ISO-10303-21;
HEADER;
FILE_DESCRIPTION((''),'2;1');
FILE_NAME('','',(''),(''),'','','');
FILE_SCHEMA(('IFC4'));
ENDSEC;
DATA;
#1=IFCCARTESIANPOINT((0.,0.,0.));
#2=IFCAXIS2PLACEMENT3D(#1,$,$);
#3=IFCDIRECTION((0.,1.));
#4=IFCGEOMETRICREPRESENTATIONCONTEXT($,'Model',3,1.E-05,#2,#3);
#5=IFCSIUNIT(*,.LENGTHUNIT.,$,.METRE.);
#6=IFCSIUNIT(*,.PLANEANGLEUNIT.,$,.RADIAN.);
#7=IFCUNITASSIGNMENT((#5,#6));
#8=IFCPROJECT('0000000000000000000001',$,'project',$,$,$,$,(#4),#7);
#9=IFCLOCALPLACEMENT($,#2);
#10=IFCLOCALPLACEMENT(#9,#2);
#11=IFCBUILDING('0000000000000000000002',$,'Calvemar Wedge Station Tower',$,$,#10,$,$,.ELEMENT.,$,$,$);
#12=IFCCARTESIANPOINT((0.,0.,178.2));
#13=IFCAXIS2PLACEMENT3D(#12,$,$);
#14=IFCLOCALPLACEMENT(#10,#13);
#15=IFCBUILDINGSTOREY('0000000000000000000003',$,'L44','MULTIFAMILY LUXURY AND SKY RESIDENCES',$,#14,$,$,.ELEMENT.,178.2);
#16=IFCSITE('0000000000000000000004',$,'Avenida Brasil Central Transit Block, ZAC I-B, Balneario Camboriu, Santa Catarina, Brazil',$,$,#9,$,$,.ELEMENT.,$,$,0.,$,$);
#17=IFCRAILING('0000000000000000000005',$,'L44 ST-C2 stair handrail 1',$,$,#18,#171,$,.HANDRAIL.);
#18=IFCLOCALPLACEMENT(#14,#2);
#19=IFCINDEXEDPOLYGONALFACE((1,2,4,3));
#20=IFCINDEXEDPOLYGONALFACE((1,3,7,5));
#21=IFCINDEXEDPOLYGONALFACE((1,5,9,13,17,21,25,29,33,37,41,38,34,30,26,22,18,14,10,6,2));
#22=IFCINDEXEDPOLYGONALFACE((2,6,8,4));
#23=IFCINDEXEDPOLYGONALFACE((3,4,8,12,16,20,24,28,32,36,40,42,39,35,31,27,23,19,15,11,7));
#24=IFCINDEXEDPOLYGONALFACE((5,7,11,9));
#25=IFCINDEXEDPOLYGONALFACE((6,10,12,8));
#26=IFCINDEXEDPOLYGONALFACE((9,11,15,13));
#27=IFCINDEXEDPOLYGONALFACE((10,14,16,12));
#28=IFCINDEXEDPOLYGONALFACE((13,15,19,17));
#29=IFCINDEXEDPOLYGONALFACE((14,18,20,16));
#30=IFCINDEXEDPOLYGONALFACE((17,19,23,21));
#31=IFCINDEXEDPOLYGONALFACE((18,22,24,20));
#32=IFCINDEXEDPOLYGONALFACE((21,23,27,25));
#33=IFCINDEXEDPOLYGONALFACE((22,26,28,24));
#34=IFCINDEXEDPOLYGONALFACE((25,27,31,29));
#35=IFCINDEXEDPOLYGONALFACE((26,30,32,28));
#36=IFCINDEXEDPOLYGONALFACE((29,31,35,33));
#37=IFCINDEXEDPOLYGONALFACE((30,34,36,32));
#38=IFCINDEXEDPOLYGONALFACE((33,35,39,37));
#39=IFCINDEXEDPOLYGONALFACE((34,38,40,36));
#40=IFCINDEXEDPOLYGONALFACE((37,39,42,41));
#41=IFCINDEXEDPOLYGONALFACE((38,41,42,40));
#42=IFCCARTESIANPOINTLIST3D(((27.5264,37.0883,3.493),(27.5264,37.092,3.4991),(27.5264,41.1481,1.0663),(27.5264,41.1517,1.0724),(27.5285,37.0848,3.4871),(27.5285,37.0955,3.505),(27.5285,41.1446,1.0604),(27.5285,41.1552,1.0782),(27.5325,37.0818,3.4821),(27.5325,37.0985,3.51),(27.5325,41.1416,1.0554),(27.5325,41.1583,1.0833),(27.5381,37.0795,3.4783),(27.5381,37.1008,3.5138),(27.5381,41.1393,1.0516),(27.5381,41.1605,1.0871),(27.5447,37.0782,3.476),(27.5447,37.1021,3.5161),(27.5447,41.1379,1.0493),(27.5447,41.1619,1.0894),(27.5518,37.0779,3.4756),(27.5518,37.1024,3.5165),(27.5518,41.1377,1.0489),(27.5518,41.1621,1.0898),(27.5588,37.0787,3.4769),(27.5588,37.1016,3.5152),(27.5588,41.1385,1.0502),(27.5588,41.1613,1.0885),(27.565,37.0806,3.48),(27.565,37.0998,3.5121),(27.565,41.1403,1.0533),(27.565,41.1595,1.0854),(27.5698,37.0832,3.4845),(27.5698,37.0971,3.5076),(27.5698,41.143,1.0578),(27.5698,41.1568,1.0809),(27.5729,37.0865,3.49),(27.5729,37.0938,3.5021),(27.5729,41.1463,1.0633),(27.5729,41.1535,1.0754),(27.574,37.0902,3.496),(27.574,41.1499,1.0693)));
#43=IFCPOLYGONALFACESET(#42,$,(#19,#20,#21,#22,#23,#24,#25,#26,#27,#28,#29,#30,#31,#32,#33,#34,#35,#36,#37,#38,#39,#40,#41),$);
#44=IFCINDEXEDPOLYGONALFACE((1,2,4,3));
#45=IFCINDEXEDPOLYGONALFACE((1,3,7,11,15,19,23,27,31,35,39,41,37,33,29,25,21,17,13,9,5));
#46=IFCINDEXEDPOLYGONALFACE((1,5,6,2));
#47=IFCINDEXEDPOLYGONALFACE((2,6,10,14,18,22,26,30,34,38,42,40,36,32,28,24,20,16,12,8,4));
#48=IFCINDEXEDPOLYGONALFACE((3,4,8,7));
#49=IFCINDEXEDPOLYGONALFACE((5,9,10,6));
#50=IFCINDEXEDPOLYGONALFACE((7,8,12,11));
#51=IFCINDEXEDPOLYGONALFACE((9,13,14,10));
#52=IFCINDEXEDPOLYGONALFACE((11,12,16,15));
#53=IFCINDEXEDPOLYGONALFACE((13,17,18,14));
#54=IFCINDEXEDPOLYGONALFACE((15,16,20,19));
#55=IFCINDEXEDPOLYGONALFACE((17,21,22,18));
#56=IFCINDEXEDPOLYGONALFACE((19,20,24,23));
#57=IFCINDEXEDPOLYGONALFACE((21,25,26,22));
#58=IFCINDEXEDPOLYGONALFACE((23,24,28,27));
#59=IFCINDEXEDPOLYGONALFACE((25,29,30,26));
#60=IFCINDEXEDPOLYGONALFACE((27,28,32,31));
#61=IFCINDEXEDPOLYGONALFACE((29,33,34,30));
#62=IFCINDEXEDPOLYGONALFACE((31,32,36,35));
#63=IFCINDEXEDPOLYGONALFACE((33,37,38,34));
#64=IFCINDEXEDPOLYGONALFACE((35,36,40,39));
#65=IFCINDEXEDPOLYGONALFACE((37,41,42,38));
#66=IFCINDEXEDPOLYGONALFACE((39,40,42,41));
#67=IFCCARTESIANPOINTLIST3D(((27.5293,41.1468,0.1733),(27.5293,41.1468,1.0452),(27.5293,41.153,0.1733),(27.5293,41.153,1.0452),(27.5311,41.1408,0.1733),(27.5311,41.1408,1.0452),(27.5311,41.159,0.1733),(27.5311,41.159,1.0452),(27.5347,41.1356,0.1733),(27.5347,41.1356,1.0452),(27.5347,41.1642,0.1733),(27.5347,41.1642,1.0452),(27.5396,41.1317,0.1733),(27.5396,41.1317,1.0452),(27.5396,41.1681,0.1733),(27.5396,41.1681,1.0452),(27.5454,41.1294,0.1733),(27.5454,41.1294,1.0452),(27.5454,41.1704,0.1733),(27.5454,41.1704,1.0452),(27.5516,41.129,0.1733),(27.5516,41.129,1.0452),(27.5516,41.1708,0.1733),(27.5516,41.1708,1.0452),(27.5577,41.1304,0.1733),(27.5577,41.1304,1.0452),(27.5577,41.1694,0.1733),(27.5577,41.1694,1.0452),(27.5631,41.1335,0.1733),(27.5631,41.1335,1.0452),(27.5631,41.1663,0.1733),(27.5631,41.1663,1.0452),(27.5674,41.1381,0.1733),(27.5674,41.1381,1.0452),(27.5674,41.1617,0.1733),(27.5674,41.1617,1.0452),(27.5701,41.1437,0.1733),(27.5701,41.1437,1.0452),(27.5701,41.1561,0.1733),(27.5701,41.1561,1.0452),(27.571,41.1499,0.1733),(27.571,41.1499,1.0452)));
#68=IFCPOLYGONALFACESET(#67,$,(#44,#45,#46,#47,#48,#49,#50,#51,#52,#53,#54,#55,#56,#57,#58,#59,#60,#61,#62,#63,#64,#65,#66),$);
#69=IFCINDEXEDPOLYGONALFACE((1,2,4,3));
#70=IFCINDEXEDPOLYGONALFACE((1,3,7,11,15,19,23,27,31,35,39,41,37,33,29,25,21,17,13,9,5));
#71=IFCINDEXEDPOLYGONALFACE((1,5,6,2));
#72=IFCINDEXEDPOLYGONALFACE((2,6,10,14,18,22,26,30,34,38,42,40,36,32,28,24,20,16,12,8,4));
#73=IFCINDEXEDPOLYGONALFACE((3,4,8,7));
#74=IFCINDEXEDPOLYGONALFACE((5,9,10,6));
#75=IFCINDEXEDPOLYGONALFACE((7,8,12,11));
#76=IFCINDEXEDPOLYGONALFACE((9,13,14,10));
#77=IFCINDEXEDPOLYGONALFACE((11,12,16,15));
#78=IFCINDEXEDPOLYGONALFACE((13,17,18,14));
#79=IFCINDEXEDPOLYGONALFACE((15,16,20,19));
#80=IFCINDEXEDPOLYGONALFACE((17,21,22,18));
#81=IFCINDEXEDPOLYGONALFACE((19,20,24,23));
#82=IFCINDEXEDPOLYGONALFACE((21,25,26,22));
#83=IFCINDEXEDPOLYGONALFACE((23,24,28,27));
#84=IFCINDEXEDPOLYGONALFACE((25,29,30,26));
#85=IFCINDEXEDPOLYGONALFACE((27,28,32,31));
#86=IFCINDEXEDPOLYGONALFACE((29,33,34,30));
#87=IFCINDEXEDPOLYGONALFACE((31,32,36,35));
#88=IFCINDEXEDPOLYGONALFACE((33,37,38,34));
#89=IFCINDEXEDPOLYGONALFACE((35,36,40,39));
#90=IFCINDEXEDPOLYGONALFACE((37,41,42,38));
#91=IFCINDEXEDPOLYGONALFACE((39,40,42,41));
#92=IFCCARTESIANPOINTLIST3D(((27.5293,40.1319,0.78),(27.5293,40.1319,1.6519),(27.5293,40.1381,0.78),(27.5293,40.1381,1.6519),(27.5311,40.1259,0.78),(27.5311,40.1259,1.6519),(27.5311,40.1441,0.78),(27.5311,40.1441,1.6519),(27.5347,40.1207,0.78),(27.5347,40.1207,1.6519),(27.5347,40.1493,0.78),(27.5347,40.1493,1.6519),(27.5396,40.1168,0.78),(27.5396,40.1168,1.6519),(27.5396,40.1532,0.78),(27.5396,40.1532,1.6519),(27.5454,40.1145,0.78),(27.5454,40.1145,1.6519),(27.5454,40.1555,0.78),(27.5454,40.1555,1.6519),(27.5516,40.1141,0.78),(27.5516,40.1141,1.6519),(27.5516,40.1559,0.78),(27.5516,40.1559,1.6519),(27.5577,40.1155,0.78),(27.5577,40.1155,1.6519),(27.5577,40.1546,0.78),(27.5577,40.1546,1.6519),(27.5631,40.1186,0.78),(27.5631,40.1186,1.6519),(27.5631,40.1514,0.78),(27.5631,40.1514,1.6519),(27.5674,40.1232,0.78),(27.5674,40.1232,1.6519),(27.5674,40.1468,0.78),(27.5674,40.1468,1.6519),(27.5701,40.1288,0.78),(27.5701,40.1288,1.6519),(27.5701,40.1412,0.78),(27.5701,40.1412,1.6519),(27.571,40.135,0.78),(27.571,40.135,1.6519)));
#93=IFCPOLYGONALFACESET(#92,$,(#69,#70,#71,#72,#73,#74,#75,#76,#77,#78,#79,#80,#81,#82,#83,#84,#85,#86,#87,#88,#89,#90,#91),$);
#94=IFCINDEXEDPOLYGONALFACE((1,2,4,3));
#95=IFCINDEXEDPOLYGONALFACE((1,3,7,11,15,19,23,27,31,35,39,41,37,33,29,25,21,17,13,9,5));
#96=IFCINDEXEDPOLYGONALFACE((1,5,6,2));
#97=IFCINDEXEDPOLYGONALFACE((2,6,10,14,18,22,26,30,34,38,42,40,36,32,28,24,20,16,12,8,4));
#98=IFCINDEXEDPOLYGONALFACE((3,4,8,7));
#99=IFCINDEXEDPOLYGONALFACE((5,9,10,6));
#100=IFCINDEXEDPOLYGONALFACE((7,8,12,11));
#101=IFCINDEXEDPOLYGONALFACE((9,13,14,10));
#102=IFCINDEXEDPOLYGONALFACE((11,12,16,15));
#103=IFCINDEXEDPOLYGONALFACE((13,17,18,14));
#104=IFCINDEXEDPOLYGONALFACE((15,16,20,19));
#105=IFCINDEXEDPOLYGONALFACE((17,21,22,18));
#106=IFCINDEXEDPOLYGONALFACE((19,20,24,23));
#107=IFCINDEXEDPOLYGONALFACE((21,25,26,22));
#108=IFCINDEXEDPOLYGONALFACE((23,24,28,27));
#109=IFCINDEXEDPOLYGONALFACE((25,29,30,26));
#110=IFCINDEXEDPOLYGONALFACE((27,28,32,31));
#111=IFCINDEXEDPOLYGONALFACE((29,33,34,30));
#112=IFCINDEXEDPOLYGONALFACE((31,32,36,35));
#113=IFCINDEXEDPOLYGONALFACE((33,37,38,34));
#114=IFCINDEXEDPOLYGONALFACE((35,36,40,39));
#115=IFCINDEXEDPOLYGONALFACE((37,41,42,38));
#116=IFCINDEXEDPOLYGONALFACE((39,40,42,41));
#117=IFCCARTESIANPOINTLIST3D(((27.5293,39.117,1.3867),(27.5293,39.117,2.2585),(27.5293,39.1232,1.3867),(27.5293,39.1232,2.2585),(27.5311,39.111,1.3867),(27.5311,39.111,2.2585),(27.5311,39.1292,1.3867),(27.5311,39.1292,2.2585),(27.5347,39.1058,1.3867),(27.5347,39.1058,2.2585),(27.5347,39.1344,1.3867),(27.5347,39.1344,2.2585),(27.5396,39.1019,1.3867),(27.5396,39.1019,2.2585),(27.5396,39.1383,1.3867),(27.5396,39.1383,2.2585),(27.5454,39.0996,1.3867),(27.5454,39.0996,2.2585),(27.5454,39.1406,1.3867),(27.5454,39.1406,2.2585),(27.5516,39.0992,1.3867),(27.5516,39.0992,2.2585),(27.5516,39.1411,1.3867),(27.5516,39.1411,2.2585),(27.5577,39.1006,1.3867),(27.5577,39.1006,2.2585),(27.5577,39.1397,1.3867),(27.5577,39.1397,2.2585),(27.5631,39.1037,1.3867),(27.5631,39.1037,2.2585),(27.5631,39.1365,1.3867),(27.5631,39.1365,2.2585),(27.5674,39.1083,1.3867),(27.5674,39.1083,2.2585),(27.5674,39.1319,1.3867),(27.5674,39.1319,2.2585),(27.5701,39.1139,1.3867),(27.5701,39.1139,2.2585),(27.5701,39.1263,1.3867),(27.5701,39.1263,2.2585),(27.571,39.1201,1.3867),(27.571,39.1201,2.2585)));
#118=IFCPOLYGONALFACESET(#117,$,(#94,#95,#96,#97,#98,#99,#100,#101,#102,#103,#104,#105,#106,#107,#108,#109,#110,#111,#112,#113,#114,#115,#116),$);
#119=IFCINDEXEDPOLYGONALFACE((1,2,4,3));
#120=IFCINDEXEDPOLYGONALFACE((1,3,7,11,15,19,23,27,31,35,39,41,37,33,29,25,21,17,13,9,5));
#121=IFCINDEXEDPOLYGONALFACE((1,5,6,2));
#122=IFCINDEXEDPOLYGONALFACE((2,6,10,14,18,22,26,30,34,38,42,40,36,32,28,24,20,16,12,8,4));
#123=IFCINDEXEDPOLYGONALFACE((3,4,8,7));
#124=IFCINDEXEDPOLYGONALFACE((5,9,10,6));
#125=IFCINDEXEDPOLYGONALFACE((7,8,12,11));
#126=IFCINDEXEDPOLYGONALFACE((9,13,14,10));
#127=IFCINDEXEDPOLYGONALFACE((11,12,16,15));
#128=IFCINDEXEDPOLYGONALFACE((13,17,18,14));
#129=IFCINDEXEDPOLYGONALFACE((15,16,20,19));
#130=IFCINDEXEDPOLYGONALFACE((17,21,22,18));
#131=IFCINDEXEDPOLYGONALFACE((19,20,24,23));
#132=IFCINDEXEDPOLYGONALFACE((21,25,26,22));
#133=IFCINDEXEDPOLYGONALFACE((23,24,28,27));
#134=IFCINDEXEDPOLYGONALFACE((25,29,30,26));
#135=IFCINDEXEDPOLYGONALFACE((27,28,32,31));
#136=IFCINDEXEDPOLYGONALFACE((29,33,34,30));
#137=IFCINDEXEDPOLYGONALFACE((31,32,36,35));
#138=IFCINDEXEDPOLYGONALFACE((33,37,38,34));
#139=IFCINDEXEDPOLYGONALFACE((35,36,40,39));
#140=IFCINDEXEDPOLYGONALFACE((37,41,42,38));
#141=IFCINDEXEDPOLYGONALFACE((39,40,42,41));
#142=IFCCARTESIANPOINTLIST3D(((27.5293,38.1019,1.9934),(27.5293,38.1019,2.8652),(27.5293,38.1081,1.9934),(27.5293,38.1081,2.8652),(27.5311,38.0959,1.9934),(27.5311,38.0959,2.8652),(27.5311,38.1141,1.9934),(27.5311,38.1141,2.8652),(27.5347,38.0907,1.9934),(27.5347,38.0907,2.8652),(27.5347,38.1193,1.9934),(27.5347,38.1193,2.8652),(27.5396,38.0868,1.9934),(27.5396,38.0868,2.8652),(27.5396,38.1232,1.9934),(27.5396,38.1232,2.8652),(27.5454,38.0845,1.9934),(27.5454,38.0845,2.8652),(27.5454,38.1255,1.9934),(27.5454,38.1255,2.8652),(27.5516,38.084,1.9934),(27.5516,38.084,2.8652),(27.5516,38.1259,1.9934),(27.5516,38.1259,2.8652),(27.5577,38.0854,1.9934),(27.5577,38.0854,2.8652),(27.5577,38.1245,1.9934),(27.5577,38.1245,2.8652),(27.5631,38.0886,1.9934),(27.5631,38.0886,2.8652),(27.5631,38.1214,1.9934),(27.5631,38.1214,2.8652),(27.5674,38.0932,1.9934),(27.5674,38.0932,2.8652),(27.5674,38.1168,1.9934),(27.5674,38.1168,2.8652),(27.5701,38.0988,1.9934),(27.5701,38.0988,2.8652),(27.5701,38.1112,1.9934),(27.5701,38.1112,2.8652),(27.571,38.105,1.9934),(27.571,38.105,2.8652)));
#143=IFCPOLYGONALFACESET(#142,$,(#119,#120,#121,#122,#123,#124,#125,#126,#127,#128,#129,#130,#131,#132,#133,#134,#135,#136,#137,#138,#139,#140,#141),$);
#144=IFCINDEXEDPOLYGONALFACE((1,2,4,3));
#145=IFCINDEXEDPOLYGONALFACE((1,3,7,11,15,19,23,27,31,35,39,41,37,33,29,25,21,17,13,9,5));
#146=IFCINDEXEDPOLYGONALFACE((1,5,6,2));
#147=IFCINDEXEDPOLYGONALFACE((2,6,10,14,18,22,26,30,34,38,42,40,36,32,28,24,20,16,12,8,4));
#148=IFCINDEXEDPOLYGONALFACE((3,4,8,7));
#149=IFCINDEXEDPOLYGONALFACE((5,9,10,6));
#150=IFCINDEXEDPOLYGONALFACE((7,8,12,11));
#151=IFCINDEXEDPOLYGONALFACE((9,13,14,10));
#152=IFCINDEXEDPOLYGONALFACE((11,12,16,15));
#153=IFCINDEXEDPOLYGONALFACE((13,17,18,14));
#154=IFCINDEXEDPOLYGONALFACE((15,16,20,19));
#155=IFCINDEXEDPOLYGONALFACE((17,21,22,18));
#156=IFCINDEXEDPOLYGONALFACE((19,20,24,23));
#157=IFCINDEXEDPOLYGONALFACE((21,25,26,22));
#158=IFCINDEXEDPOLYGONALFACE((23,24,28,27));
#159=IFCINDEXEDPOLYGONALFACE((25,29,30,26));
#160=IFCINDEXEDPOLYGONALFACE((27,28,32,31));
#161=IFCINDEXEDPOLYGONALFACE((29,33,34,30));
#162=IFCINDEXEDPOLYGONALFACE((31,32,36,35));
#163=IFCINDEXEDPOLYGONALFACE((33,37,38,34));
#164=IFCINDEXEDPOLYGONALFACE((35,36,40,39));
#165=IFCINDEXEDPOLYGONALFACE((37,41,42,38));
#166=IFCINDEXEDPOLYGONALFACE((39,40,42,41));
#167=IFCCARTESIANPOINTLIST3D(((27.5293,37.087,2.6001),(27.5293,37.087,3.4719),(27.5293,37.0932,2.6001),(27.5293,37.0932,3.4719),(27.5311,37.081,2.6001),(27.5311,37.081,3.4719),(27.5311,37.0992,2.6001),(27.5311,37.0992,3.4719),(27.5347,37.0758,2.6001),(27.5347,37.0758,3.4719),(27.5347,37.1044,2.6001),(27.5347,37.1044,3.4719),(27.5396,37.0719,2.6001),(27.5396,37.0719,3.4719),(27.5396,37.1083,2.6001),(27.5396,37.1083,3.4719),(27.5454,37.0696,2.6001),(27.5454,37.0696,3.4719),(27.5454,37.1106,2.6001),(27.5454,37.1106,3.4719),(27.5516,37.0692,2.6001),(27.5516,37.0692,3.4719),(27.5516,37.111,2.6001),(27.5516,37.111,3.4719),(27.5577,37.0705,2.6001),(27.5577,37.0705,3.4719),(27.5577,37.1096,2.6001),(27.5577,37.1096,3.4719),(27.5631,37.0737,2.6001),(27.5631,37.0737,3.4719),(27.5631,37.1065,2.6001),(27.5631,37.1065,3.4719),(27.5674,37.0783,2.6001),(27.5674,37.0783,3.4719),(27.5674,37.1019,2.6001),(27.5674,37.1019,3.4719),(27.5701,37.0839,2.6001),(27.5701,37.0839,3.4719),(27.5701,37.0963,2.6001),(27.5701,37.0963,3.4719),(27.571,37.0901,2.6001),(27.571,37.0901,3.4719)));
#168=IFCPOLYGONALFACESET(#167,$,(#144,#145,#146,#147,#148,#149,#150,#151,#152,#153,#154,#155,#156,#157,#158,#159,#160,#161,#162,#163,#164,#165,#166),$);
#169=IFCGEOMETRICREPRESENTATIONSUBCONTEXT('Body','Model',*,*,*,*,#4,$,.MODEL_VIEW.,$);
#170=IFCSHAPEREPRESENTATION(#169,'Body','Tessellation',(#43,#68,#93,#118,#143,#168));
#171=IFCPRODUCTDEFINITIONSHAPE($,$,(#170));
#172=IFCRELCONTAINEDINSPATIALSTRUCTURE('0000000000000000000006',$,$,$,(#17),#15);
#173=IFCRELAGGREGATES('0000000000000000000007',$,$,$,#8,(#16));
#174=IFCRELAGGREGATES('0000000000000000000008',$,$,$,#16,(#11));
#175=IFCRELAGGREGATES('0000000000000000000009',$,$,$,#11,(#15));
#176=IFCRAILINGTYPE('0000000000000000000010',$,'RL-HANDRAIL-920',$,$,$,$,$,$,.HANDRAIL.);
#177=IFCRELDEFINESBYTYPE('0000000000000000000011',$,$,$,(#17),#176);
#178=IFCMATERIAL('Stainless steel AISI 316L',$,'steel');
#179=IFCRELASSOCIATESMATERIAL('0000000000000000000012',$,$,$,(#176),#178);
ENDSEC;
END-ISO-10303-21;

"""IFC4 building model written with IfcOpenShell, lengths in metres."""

from ifc_helpers import new_model, si_unit, direction, frame, origin, origin_2d, place, context, subcontext, project, spatial, circle, extrude, material, type_object, element, save


model = new_model("IFC4")

# Units and contexts
model_context = context("Model", 3, precision=1e-05, world=origin(), true_north=direction((0.0, 1.0)))
body_context = subcontext(model_context, "Body", "Model", "MODEL_VIEW")
ifc_project = project(units=[si_unit("LENGTHUNIT", "METRE"), si_unit("PLANEANGLEUNIT", "RADIAN")], contexts=[model_context])

# Site, building, storey
site_placement = place(None, origin())
site = spatial("IfcSite", under=ifc_project, at=site_placement, Name="Avenida Brasil Central Transit Block, ZAC I-B, Balneario Camboriu, Santa Catarina, Brazil", CompositionType="ELEMENT", RefElevation=0.0)
building_placement = place(site_placement, origin())
building = spatial("IfcBuilding", under=site, at=building_placement, Name="Calvemar Wedge Station Tower", CompositionType="ELEMENT")
storey_placement = place(building_placement, frame((0.0, 0.0, 178.2)))
storey = spatial("IfcBuildingStorey", under=building, at=storey_placement, Name="L44", Description="MULTIFAMILY LUXURY AND SKY RESIDENCES", CompositionType="ELEMENT", Elevation=178.2)

# Railing
ifc_material_1 = material(Name="Stainless steel AISI 316L", Category="steel")
railing_type_1 = type_object("IfcRailingType", Name="RL-HANDRAIL-920", PredefinedType="HANDRAIL", material=ifc_material_1)
railing_1_placement = place(storey_placement, frame((27.55, 41.1499, 0.1733)))
element("IfcRailing", 1, at=railing_1_placement, inside=storey, type_object=railing_type_1, Name="L44 ST-C2 stair handrail 1", PredefinedType="HANDRAIL", context=body_context, shape_type="SweptSolid", body=[
    extrude(circle(Radius=0.0239, at=origin_2d()), frame((0.0, 0.0, 0.896), z_axis=(0.0, -0.858343, 0.513076), x_axis=(1.0, 0.0, 0.0)), (0.0, 0.0, 1.0), 4.7297),
    extrude(circle(Radius=0.021, at=origin_2d()), origin(), (0.0, 0.0, 1.0), 0.8718),
    extrude(circle(Radius=0.021, at=origin_2d()), frame((0.0, -1.0149, 0.6067)), (0.0, 0.0, 1.0), 0.8718),
    extrude(circle(Radius=0.021, at=origin_2d()), frame((0.0, -2.0298, 1.2134)), (0.0, 0.0, 1.0), 0.8718),
    extrude(circle(Radius=0.021, at=origin_2d()), frame((0.0, -3.0449, 1.8201)), (0.0, 0.0, 1.0), 0.8718),
    extrude(circle(Radius=0.021, at=origin_2d()), frame((0.0, -4.0598, 2.4268)), (0.0, 0.0, 1.0), 0.8718),
])

save(model, "model.ifc")
